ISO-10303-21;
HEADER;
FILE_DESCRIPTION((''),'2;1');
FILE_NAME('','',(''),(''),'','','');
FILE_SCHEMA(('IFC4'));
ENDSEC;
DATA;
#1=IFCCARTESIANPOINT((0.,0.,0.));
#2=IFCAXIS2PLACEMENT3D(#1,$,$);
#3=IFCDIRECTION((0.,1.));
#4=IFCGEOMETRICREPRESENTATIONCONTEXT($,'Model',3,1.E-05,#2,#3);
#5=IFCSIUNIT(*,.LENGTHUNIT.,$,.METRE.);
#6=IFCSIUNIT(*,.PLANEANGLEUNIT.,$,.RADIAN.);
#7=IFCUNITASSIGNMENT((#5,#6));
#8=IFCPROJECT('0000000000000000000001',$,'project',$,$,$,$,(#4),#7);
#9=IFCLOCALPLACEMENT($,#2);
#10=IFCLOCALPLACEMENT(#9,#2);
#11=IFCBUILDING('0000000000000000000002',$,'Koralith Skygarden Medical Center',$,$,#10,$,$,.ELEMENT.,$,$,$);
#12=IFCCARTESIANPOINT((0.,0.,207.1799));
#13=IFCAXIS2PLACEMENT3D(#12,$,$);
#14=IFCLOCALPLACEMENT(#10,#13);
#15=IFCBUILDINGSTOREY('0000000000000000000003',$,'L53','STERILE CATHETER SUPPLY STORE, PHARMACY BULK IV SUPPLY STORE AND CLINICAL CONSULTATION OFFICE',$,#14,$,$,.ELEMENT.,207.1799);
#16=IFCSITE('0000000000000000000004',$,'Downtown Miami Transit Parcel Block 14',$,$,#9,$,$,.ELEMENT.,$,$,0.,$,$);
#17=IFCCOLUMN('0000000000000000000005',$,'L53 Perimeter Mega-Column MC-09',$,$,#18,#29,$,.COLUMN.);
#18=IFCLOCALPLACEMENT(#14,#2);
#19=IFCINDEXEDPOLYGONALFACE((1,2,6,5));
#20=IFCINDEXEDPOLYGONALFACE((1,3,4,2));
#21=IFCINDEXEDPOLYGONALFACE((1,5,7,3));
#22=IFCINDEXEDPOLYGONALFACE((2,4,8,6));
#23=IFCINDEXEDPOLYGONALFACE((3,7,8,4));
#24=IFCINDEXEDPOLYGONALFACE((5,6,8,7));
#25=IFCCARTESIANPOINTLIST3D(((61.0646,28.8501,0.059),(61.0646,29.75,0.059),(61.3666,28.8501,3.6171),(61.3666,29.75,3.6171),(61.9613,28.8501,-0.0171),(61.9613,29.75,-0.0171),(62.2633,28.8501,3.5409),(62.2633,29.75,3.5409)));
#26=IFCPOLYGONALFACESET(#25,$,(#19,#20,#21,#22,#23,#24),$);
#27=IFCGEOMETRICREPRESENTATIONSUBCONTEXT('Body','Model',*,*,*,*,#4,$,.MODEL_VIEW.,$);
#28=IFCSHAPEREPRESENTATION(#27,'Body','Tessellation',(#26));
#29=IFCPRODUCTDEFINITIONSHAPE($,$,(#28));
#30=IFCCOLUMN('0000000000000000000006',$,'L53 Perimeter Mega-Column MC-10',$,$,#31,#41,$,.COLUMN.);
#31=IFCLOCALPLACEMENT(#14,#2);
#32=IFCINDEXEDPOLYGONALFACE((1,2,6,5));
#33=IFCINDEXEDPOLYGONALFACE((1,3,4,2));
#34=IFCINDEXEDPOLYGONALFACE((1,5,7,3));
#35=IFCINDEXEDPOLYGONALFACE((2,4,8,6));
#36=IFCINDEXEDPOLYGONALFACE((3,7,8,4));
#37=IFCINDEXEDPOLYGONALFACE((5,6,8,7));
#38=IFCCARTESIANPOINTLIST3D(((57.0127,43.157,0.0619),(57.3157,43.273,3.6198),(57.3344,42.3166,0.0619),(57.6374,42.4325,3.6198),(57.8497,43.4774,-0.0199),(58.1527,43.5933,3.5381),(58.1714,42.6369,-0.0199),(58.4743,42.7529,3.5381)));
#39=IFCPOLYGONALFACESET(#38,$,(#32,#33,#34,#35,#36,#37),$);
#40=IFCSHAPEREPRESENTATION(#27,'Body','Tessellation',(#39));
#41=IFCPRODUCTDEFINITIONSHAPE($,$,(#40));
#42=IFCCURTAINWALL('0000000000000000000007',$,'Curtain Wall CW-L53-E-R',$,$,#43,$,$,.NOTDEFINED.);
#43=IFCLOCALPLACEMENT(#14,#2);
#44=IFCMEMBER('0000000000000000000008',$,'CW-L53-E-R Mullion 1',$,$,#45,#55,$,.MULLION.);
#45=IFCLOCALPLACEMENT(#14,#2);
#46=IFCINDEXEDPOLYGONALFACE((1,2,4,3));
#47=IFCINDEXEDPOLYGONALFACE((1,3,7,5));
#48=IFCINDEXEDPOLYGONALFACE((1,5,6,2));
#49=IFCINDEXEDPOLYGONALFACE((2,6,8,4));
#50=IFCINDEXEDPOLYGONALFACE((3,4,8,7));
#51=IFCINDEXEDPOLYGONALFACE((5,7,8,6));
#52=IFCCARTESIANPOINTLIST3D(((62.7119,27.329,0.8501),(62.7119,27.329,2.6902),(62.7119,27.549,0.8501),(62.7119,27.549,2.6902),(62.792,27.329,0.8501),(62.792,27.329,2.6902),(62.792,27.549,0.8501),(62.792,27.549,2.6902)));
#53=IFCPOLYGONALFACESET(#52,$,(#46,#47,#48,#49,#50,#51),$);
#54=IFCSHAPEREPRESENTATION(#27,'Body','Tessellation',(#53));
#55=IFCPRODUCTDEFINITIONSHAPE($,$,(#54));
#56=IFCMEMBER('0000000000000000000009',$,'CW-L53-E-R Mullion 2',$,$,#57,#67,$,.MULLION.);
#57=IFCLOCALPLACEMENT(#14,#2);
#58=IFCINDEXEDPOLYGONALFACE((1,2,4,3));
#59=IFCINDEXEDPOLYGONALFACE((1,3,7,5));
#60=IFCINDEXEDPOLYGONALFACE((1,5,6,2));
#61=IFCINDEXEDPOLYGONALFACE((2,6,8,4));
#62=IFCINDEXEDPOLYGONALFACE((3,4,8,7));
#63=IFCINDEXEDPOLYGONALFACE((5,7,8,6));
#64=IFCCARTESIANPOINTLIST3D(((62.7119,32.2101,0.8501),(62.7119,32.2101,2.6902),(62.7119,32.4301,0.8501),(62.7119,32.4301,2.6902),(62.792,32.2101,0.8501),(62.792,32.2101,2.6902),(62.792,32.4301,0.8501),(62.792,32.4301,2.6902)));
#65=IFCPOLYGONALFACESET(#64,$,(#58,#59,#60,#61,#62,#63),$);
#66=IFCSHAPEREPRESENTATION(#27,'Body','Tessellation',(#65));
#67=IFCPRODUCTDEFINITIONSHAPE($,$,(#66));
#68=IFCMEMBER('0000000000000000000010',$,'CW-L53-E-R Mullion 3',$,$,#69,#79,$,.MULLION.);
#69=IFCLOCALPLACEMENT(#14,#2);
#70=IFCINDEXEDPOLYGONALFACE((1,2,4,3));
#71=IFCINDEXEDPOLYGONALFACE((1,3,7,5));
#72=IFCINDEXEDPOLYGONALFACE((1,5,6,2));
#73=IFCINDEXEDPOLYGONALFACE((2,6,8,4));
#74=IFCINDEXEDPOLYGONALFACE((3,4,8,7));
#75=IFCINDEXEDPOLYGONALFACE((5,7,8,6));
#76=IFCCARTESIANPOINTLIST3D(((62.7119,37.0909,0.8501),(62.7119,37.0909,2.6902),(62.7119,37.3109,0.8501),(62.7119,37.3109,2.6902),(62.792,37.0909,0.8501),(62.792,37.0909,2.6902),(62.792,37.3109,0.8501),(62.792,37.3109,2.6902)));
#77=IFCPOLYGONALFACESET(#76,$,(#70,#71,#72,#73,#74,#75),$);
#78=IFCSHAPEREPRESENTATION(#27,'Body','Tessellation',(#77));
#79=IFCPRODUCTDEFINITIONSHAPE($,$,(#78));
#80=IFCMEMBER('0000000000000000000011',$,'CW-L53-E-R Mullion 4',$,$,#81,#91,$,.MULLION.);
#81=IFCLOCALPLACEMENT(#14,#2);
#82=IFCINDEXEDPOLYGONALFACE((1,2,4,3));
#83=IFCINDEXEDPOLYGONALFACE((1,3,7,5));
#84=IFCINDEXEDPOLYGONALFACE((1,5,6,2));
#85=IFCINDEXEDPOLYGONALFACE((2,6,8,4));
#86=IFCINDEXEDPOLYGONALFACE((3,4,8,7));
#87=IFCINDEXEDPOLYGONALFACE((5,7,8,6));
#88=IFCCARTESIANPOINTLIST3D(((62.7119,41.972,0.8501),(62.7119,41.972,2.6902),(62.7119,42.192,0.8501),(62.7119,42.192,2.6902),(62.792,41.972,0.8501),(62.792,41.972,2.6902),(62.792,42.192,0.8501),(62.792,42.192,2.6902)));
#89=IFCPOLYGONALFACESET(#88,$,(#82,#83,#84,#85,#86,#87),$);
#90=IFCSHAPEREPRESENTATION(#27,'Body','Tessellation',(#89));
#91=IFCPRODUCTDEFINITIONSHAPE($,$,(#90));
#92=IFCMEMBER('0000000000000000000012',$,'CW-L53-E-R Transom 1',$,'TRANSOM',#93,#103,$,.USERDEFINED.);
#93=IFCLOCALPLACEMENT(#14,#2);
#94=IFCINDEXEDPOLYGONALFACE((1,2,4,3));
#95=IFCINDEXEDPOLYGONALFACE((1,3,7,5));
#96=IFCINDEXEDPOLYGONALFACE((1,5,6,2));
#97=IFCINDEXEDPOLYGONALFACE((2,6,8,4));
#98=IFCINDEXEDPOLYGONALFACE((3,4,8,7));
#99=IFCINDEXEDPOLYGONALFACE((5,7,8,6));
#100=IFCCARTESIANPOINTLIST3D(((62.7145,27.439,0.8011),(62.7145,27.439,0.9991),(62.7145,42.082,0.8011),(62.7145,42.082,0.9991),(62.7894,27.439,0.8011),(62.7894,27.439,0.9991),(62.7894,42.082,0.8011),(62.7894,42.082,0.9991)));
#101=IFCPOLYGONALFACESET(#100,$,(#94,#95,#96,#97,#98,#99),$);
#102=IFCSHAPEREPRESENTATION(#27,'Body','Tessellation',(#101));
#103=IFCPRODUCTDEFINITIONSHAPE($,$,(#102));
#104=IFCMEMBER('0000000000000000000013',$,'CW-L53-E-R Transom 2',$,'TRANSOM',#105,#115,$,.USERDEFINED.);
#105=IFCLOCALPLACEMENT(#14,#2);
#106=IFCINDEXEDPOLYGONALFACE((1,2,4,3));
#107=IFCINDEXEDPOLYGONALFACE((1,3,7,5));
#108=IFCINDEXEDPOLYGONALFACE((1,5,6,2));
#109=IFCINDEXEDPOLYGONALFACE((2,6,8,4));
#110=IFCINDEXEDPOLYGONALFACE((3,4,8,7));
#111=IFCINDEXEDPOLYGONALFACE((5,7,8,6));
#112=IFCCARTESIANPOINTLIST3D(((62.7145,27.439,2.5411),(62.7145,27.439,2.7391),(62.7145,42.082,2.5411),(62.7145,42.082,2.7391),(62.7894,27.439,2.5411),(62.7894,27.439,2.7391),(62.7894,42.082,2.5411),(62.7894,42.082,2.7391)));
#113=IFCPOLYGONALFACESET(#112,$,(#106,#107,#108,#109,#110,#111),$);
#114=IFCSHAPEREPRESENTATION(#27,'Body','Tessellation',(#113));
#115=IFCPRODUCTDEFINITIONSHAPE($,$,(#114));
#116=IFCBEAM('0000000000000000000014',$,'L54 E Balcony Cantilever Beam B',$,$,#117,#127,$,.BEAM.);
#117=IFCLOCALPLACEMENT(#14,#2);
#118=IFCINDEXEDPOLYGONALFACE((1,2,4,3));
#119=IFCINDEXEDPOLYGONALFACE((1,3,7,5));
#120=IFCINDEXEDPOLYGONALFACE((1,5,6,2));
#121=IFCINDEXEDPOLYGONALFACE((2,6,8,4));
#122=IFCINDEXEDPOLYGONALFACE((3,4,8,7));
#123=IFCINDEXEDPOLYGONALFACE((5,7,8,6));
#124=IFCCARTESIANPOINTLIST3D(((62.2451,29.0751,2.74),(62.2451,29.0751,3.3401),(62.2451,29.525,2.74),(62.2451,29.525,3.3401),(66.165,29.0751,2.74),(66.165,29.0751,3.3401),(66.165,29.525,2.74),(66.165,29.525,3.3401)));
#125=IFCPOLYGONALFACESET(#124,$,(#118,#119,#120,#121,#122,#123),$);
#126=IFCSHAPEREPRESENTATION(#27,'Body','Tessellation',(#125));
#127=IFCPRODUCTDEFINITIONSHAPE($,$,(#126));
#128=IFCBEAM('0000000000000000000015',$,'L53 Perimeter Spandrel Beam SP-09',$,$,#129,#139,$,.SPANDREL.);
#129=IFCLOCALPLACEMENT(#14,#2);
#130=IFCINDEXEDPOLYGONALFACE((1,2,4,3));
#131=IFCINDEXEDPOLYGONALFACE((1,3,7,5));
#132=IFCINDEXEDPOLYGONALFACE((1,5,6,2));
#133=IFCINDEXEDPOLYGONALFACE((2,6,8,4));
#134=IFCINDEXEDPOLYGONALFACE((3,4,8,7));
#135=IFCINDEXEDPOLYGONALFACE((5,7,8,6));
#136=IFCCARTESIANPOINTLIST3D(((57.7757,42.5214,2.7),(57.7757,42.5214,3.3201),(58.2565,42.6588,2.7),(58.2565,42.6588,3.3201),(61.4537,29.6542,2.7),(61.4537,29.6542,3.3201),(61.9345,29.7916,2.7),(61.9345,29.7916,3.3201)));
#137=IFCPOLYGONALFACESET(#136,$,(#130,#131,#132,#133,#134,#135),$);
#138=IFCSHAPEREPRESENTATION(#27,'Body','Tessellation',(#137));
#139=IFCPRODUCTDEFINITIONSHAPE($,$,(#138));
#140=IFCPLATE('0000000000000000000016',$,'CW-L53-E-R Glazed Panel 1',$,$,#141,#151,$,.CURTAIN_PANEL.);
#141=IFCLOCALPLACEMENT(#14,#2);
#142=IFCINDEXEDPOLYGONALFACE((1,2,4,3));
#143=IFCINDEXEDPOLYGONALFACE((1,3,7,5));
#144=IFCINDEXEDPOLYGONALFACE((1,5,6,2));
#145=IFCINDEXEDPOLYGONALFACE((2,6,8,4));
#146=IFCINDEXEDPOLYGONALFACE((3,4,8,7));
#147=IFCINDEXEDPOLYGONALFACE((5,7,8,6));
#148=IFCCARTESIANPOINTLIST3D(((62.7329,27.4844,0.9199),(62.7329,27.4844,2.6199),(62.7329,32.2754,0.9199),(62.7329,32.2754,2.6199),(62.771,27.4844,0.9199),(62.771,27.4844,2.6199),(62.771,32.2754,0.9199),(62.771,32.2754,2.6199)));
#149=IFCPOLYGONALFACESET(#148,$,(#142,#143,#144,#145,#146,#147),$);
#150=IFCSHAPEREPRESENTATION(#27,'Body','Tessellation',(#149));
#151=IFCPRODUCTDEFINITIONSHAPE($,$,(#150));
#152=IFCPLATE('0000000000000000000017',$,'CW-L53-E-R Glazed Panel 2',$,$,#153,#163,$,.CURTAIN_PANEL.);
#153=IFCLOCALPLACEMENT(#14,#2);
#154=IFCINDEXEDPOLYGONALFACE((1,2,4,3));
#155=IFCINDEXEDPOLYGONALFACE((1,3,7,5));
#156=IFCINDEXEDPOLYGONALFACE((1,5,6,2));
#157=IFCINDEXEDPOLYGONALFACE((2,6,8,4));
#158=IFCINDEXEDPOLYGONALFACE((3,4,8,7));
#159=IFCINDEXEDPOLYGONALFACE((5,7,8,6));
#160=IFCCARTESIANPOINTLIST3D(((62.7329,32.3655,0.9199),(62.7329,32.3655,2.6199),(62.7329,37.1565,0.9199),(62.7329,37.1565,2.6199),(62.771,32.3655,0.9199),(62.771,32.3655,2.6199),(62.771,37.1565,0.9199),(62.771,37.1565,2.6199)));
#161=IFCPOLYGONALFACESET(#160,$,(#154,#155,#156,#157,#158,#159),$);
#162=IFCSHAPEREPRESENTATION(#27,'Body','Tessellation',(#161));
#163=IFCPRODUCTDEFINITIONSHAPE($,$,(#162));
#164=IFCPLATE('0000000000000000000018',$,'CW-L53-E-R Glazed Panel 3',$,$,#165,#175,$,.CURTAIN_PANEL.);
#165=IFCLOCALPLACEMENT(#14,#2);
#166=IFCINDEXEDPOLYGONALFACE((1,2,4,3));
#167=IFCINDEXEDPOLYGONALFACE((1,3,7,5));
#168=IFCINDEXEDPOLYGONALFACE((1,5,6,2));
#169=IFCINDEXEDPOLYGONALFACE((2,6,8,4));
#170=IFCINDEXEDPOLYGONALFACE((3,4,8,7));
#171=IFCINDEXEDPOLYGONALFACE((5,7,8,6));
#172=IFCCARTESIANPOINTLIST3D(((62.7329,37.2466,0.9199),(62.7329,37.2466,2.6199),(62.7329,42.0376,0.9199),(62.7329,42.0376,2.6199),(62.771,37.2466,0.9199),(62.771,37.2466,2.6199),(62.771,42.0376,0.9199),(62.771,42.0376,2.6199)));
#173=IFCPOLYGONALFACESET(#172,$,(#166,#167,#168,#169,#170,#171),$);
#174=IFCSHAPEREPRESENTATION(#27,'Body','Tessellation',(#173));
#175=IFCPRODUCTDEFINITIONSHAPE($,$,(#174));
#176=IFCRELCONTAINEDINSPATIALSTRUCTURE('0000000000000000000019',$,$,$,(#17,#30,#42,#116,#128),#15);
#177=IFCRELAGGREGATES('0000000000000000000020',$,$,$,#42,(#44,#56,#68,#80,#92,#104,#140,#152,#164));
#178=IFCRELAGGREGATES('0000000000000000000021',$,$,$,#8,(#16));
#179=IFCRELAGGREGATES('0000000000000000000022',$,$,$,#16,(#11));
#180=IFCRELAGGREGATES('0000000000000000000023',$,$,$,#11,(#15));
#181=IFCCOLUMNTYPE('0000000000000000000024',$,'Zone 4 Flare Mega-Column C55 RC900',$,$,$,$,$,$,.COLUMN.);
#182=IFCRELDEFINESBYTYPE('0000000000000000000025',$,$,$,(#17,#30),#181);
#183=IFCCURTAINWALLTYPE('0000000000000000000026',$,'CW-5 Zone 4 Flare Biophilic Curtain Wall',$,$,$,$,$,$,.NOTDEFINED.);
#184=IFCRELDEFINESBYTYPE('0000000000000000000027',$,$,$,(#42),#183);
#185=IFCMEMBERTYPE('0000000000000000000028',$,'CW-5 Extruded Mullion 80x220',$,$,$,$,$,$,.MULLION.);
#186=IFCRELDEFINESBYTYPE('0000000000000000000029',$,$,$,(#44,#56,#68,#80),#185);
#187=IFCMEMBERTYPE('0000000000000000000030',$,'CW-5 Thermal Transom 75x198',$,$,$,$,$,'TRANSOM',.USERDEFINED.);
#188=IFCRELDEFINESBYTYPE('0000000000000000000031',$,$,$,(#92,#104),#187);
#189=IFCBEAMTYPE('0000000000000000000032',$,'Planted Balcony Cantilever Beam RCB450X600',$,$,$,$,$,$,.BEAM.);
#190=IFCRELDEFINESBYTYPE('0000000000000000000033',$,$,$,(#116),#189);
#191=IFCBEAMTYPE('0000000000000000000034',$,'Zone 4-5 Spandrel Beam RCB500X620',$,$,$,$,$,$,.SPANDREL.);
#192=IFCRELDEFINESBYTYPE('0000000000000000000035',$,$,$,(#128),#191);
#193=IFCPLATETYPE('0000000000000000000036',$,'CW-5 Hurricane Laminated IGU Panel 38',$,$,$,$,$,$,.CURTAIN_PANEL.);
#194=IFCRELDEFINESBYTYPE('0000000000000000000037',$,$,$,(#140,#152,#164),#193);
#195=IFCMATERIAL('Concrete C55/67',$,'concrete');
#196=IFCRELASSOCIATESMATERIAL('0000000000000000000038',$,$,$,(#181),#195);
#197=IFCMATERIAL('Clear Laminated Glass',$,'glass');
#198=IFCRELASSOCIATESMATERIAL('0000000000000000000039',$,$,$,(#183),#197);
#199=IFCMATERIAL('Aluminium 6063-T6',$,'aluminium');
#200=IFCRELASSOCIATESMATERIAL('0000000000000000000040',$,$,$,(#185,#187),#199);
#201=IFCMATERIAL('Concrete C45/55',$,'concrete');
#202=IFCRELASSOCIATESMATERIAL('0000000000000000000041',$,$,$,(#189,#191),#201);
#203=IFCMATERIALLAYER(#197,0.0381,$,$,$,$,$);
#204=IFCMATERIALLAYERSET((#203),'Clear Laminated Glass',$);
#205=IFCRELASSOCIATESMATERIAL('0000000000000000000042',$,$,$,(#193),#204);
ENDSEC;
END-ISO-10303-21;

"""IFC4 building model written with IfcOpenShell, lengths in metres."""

from ifc_helpers import new_model, si_unit, direction, frame, origin, origin_2d, place, context, subcontext, project, spatial, rectangle, extrude, material, layer, layer_set, material_profile, profile_set, type_object, element, aggregate, save


model = new_model("IFC4")

# Units and contexts
model_context = context("Model", 3, precision=1e-05, world=origin(), true_north=direction((0.0, 1.0)))
body_context = subcontext(model_context, "Body", "Model", "MODEL_VIEW")
ifc_project = project(units=[si_unit("LENGTHUNIT", "METRE"), si_unit("PLANEANGLEUNIT", "RADIAN")], contexts=[model_context])

# Site, building, storey
site_placement = place(None, origin())
site = spatial("IfcSite", under=ifc_project, at=site_placement, Name="Downtown Miami Transit Parcel Block 14", CompositionType="ELEMENT", RefElevation=0.0)
building_placement = place(site_placement, origin())
building = spatial("IfcBuilding", under=site, at=building_placement, Name="Koralith Skygarden Medical Center", CompositionType="ELEMENT")
storey_placement = place(building_placement, frame((0.0, 0.0, 207.1799)))
storey = spatial("IfcBuildingStorey", under=building, at=storey_placement, Name="L53", Description="STERILE CATHETER SUPPLY STORE, PHARMACY BULK IV SUPPLY STORE AND CLINICAL CONSULTATION OFFICE", CompositionType="ELEMENT", Elevation=207.1799)

# Columns
ifc_material_1 = material(Name="Concrete C55/67", Category="concrete")
ifc_material_profile_1 = material_profile(ifc_material_1, rectangle(XDim=0.8999, YDim=0.8999, at=origin_2d()), Name="RC900X900")
ifc_profile_set_1 = profile_set([ifc_material_profile_1], Name="Concrete C55/67")
column_type = type_object("IfcColumnType", Name="Zone 4 Flare Mega-Column C55 RC900", PredefinedType="COLUMN", material=ifc_profile_set_1)
column_1_placement = place(storey_placement, frame((61.5129, 29.3, 0.021), z_axis=(0.084573, 0.0, 0.996417), x_axis=(0.0, 1.0, 0.0)))
element("IfcColumn", 1, at=column_1_placement, inside=storey, type_object=column_type, Name="L53 Perimeter Mega-Column MC-09", PredefinedType="COLUMN", context=body_context, shape_type="SweptSolid", body=[
    extrude(rectangle(XDim=0.8999, YDim=0.8999, at=origin_2d()), origin(), (0.0, 0.0, 1.0), 3.5708),
])
column_2_placement = place(storey_placement, frame((57.592, 42.897, 0.021), z_axis=(0.0848, 0.032458, 0.995869), x_axis=(-0.357466, 0.933926, 0.0)))
element("IfcColumn", 2, at=column_2_placement, inside=storey, type_object=column_type, Name="L53 Perimeter Mega-Column MC-10", PredefinedType="COLUMN", context=body_context, shape_type="SweptSolid", body=[
    extrude(rectangle(XDim=0.8999, YDim=0.8999, at=origin_2d()), origin(), (0.0, 0.0, 1.0), 3.5728),
])

# Curtain wall, members
ifc_material_2 = material(Name="Clear Laminated Glass", Category="glass")
curtain_wall_type = type_object("IfcCurtainWallType", Name="CW-5 Zone 4 Flare Biophilic Curtain Wall", PredefinedType="NOTDEFINED", material=ifc_material_2)
curtain_wall_placement = place(storey_placement, origin())
curtain_wall = element("IfcCurtainWall", 3, at=curtain_wall_placement, inside=storey, type_object=curtain_wall_type, Name="Curtain Wall CW-L53-E-R", PredefinedType="NOTDEFINED")
ifc_material_3 = material(Name="Aluminium 6063-T6", Category="aluminium")
ifc_material_profile_2 = material_profile(ifc_material_3, rectangle(XDim=0.0801, YDim=0.22, at=origin_2d()), Name="MUL80X220")
ifc_profile_set_2 = profile_set([ifc_material_profile_2], Name="Aluminium 6063-T6")
member_type_1 = type_object("IfcMemberType", Name="CW-5 Extruded Mullion 80x220", PredefinedType="MULLION", material=ifc_profile_set_2)
member_1_placement = place(storey_placement, frame((62.752, 27.439, 0.8501), z_axis=(0.0, 0.0, 1.0), x_axis=(1.0, 0.0, 0.0)))
member_1 = element("IfcMember", 4, at=member_1_placement, type_object=member_type_1, Name="CW-L53-E-R Mullion 1", PredefinedType="MULLION", context=body_context, shape_type="SweptSolid", body=[
    extrude(rectangle(XDim=0.0801, YDim=0.22, at=origin_2d()), origin(), (0.0, 0.0, 1.0), 1.8401),
])
member_2_placement = place(storey_placement, frame((62.752, 32.3201, 0.8501), z_axis=(0.0, 0.0, 1.0), x_axis=(1.0, 0.0, 0.0)))
member_2 = element("IfcMember", 5, at=member_2_placement, type_object=member_type_1, Name="CW-L53-E-R Mullion 2", PredefinedType="MULLION", context=body_context, shape_type="SweptSolid", body=[
    extrude(rectangle(XDim=0.0801, YDim=0.22, at=origin_2d()), origin(), (0.0, 0.0, 1.0), 1.8401),
])
member_3_placement = place(storey_placement, frame((62.752, 37.2009, 0.8501), z_axis=(0.0, 0.0, 1.0), x_axis=(1.0, 0.0, 0.0)))
member_3 = element("IfcMember", 6, at=member_3_placement, type_object=member_type_1, Name="CW-L53-E-R Mullion 3", PredefinedType="MULLION", context=body_context, shape_type="SweptSolid", body=[
    extrude(rectangle(XDim=0.0801, YDim=0.22, at=origin_2d()), origin(), (0.0, 0.0, 1.0), 1.8401),
])
member_4_placement = place(storey_placement, frame((62.752, 42.082, 0.8501), z_axis=(0.0, 0.0, 1.0), x_axis=(1.0, 0.0, 0.0)))
member_4 = element("IfcMember", 7, at=member_4_placement, type_object=member_type_1, Name="CW-L53-E-R Mullion 4", PredefinedType="MULLION", context=body_context, shape_type="SweptSolid", body=[
    extrude(rectangle(XDim=0.0801, YDim=0.22, at=origin_2d()), origin(), (0.0, 0.0, 1.0), 1.8401),
])
ifc_material_profile_3 = material_profile(ifc_material_3, rectangle(XDim=0.075, YDim=0.198, at=origin_2d()), Name="TRN75X198")
ifc_profile_set_3 = profile_set([ifc_material_profile_3], Name="Aluminium 6063-T6")
member_type_2 = type_object("IfcMemberType", Name="CW-5 Thermal Transom 75x198", ElementType="TRANSOM", PredefinedType="USERDEFINED", material=ifc_profile_set_3)
member_5_placement = place(storey_placement, frame((62.752, 27.439, 0.9001), z_axis=(0.0, 1.0, 0.0), x_axis=(-1.0, 0.0, 0.0)))
member_5 = element("IfcMember", 8, at=member_5_placement, type_object=member_type_2, Name="CW-L53-E-R Transom 1", ObjectType="TRANSOM", PredefinedType="USERDEFINED", context=body_context, shape_type="SweptSolid", body=[
    extrude(rectangle(XDim=0.075, YDim=0.198, at=origin_2d()), origin(), (0.0, 0.0, 1.0), 14.6431),
])
member_6_placement = place(storey_placement, frame((62.752, 27.439, 2.6401), z_axis=(0.0, 1.0, 0.0), x_axis=(-1.0, 0.0, 0.0)))
member_6 = element("IfcMember", 9, at=member_6_placement, type_object=member_type_2, Name="CW-L53-E-R Transom 2", ObjectType="TRANSOM", PredefinedType="USERDEFINED", context=body_context, shape_type="SweptSolid", body=[
    extrude(rectangle(XDim=0.075, YDim=0.198, at=origin_2d()), origin(), (0.0, 0.0, 1.0), 14.6431),
])

# Beams
ifc_material_4 = material(Name="Concrete C45/55", Category="concrete")
ifc_material_profile_4 = material_profile(ifc_material_4, rectangle(XDim=0.45, YDim=0.6001, at=origin_2d()), Name="RCB450X600")
ifc_profile_set_4 = profile_set([ifc_material_profile_4], Name="Concrete C45/55")
beam_type_1 = type_object("IfcBeamType", Name="Planted Balcony Cantilever Beam RCB450X600", PredefinedType="BEAM", material=ifc_profile_set_4)
beam_1_placement = place(storey_placement, frame((62.2451, 29.3, 3.04), z_axis=(1.0, 0.0, 0.0), x_axis=(0.0, 1.0, 0.0)))
element("IfcBeam", 10, at=beam_1_placement, inside=storey, type_object=beam_type_1, Name="L54 E Balcony Cantilever Beam B", PredefinedType="BEAM", context=body_context, shape_type="SweptSolid", body=[
    extrude(rectangle(XDim=0.45, YDim=0.6001, at=origin_2d()), origin(), (0.0, 0.0, 1.0), 3.9199),
])
ifc_material_profile_5 = material_profile(ifc_material_4, rectangle(XDim=0.5, YDim=0.6201, at=origin_2d()), Name="RCB500X620")
ifc_profile_set_5 = profile_set([ifc_material_profile_5], Name="Concrete C45/55")
beam_type_2 = type_object("IfcBeamType", Name="Zone 4-5 Spandrel Beam RCB500X620", PredefinedType="SPANDREL", material=ifc_profile_set_5)
beam_2_placement = place(storey_placement, frame((61.6941, 29.7229, 3.01), z_axis=(-0.274834, 0.961492, 0.0), x_axis=(-0.961492, -0.274834, 0.0)))
element("IfcBeam", 11, at=beam_2_placement, inside=storey, type_object=beam_type_2, Name="L53 Perimeter Spandrel Beam SP-09", PredefinedType="SPANDREL", context=body_context, shape_type="SweptSolid", body=[
    extrude(rectangle(XDim=0.5, YDim=0.6201, at=origin_2d()), origin(), (0.0, 0.0, 1.0), 13.3826),
])

# Plates
ifc_layer_1 = layer(ifc_material_2, 0.0381)
ifc_layer_set_1 = layer_set([ifc_layer_1], Name="Clear Laminated Glass")
plate_type_1 = type_object("IfcPlateType", Name="CW-5 Hurricane Laminated IGU Panel 38", PredefinedType="CURTAIN_PANEL", material=ifc_layer_set_1)
plate_1_placement = place(storey_placement, frame((62.752, 29.8799, 0.9199), z_axis=(0.0, 0.0, 1.0), x_axis=(0.0, 1.0, 0.0)))
plate_1 = element("IfcPlate", 12, at=plate_1_placement, type_object=plate_type_1, Name="CW-L53-E-R Glazed Panel 1", PredefinedType="CURTAIN_PANEL", context=body_context, shape_type="SweptSolid", body=[
    extrude(rectangle(XDim=4.791, YDim=0.0381, at=origin_2d()), origin(), (0.0, 0.0, 1.0), 1.7),
])
plate_2_placement = place(storey_placement, frame((62.752, 34.761, 0.9199), z_axis=(0.0, 0.0, 1.0), x_axis=(0.0, 1.0, 0.0)))
plate_2 = element("IfcPlate", 13, at=plate_2_placement, type_object=plate_type_1, Name="CW-L53-E-R Glazed Panel 2", PredefinedType="CURTAIN_PANEL", context=body_context, shape_type="SweptSolid", body=[
    extrude(rectangle(XDim=4.791, YDim=0.0381, at=origin_2d()), origin(), (0.0, 0.0, 1.0), 1.7),
])
plate_3_placement = place(storey_placement, frame((62.752, 39.6421, 0.9199), z_axis=(0.0, 0.0, 1.0), x_axis=(0.0, 1.0, 0.0)))
plate_3 = element("IfcPlate", 14, at=plate_3_placement, type_object=plate_type_1, Name="CW-L53-E-R Glazed Panel 3", PredefinedType="CURTAIN_PANEL", context=body_context, shape_type="SweptSolid", body=[
    extrude(rectangle(XDim=4.791, YDim=0.0381, at=origin_2d()), origin(), (0.0, 0.0, 1.0), 1.7),
])
aggregate(curtain_wall, [member_1, member_2, member_3, member_4, member_5, member_6, plate_1, plate_2, plate_3])

save(model, "model.ifc")
